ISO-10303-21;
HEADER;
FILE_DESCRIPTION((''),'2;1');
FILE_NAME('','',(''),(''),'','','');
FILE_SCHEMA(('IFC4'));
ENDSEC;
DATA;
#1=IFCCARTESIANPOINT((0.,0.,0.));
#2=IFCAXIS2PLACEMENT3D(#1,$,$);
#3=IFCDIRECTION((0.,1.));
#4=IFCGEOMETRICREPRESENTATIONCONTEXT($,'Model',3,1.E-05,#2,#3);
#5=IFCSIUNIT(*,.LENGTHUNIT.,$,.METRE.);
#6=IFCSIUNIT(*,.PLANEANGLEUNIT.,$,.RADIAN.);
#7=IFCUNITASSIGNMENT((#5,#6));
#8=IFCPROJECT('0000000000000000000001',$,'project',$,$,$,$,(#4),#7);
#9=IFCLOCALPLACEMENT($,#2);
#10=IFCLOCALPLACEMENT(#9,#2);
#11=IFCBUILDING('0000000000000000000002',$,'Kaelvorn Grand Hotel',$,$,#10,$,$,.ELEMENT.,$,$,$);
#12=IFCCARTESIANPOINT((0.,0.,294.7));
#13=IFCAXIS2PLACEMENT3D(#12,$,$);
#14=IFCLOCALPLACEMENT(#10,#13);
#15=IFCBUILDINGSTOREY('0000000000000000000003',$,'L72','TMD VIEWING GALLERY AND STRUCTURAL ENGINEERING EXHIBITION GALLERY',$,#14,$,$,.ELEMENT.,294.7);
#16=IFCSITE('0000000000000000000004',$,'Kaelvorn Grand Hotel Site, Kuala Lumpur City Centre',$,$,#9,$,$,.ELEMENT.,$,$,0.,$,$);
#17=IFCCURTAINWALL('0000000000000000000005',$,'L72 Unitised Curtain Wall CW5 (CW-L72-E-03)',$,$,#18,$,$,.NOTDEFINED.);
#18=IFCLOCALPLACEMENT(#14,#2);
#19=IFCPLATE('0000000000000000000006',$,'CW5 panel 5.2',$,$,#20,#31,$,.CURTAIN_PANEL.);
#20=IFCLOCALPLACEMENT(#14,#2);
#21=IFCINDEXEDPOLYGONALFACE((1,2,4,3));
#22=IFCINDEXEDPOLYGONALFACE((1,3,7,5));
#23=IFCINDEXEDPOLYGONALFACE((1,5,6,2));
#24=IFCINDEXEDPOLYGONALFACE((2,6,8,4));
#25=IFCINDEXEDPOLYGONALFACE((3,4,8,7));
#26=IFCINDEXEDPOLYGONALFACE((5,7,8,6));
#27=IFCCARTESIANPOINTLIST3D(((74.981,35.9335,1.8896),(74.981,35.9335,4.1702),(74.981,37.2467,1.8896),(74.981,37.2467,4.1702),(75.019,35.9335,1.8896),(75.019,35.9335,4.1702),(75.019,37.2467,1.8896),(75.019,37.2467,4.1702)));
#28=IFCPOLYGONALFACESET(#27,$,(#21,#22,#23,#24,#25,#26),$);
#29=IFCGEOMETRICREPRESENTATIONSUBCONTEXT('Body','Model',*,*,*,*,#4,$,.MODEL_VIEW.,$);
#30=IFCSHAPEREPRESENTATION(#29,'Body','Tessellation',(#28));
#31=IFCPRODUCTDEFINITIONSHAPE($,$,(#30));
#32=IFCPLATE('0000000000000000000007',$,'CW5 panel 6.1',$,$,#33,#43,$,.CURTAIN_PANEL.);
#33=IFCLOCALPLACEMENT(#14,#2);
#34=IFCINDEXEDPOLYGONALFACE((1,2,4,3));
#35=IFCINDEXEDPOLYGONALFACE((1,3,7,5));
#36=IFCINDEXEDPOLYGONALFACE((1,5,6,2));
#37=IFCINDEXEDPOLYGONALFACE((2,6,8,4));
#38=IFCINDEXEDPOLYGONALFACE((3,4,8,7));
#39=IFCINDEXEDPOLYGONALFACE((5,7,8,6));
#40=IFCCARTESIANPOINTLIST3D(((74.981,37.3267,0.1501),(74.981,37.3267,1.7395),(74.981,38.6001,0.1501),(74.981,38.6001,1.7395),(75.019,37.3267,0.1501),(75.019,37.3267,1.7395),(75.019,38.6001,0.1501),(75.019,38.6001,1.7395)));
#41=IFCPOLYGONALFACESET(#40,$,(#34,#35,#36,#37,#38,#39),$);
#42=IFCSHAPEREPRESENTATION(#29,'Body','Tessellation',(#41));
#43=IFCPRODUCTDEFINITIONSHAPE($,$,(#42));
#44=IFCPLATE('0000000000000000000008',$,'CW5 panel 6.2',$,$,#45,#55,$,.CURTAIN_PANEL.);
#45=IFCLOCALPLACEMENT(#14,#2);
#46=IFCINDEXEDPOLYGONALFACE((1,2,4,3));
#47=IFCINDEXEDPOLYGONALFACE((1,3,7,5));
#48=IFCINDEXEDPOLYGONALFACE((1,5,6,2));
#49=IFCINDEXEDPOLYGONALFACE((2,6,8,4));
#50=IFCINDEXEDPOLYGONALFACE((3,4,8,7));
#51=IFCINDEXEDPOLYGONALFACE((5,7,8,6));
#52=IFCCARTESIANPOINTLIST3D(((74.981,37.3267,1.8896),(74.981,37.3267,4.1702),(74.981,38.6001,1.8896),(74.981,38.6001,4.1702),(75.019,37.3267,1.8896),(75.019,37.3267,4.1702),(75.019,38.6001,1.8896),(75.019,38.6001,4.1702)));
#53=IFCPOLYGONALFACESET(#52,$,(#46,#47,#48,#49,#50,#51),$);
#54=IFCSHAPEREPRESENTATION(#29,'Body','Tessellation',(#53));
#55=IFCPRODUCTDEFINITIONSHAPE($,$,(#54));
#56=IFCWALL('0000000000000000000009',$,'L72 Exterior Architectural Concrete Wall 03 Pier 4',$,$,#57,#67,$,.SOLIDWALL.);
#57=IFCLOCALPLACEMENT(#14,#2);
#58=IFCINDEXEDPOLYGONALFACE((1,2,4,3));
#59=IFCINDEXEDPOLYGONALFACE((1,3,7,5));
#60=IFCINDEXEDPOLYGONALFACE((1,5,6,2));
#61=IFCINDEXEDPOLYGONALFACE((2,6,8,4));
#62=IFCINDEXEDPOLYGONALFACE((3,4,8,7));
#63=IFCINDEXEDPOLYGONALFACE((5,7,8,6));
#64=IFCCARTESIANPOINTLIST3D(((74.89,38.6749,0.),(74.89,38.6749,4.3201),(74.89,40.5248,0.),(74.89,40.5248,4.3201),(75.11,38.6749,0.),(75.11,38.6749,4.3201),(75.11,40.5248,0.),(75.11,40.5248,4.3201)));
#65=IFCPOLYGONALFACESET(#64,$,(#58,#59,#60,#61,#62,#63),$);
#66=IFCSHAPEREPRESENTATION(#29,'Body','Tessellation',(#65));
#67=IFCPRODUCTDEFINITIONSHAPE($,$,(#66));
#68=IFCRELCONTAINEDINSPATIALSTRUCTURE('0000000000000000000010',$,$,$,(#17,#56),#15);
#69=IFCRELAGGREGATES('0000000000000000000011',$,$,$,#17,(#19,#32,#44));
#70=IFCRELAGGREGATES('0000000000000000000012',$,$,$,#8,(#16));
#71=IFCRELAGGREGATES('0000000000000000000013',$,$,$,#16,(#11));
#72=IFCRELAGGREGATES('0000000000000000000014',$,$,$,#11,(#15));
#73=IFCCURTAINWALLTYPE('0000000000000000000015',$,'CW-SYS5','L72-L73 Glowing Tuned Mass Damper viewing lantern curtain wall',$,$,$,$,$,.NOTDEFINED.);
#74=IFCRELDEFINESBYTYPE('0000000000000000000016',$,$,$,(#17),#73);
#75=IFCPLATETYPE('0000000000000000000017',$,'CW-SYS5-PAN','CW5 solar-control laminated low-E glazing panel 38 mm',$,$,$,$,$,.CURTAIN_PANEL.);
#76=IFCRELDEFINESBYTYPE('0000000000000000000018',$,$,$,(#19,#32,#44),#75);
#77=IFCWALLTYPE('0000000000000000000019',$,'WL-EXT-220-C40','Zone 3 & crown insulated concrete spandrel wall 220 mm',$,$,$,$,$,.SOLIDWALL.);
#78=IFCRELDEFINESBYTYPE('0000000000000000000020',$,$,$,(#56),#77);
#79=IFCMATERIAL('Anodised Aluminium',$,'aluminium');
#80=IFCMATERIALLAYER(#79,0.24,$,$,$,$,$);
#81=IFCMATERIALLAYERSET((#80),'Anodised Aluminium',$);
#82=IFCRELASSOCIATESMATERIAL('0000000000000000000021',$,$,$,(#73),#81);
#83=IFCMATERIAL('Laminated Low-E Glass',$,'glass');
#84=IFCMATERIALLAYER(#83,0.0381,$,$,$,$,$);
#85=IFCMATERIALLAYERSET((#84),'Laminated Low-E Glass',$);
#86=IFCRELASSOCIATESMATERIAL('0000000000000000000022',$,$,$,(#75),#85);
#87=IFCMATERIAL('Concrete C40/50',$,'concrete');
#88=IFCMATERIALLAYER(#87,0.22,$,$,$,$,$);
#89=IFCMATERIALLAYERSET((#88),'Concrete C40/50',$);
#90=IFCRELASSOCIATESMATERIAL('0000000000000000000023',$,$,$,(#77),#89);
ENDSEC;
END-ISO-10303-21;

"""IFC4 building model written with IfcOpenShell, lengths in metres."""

from ifc_helpers import new_model, si_unit, direction, frame, frame_2d, origin, origin_2d, place, context, subcontext, project, spatial, rectangle, extrude, material, layer, layer_set, type_object, element, aggregate, save


model = new_model("IFC4")

# Units and contexts
model_context = context("Model", 3, precision=1e-05, world=origin(), true_north=direction((0.0, 1.0)))
body_context = subcontext(model_context, "Body", "Model", "MODEL_VIEW")
ifc_project = project(units=[si_unit("LENGTHUNIT", "METRE"), si_unit("PLANEANGLEUNIT", "RADIAN")], contexts=[model_context])

# Site, building, storey
site_placement = place(None, origin())
site = spatial("IfcSite", under=ifc_project, at=site_placement, Name="Kaelvorn Grand Hotel Site, Kuala Lumpur City Centre", CompositionType="ELEMENT", RefElevation=0.0)
building_placement = place(site_placement, origin())
building = spatial("IfcBuilding", under=site, at=building_placement, Name="Kaelvorn Grand Hotel", CompositionType="ELEMENT")
storey_placement = place(building_placement, frame((0.0, 0.0, 294.7)))
storey = spatial("IfcBuildingStorey", under=building, at=storey_placement, Name="L72", Description="TMD VIEWING GALLERY AND STRUCTURAL ENGINEERING EXHIBITION GALLERY", CompositionType="ELEMENT", Elevation=294.7)

# Curtain wall, plates
ifc_material_1 = material(Name="Anodised Aluminium", Category="aluminium")
ifc_layer_1 = layer(ifc_material_1, 0.24)
ifc_layer_set_1 = layer_set([ifc_layer_1], Name="Anodised Aluminium")
curtain_wall_type = type_object("IfcCurtainWallType", Name="CW-SYS5", Description="L72-L73 Glowing Tuned Mass Damper viewing lantern curtain wall", PredefinedType="NOTDEFINED", material=ifc_layer_set_1)
curtain_wall_placement = place(storey_placement, origin())
curtain_wall = element("IfcCurtainWall", 1, at=curtain_wall_placement, inside=storey, type_object=curtain_wall_type, Name="L72 Unitised Curtain Wall CW5 (CW-L72-E-03)", PredefinedType="NOTDEFINED")
ifc_material_2 = material(Name="Laminated Low-E Glass", Category="glass")
ifc_layer_2 = layer(ifc_material_2, 0.0381)
ifc_layer_set_2 = layer_set([ifc_layer_2], Name="Laminated Low-E Glass")
plate_type = type_object("IfcPlateType", Name="CW-SYS5-PAN", Description="CW5 solar-control laminated low-E glazing panel 38 mm", PredefinedType="CURTAIN_PANEL", material=ifc_layer_set_2)
plate_1_placement = place(storey_placement, frame((75.0, 36.5901, 1.8896), z_axis=(0.0, 0.0, 1.0), x_axis=(0.0, 1.0, 0.0)))
plate_1 = element("IfcPlate", 2, at=plate_1_placement, type_object=plate_type, Name="CW5 panel 5.2", PredefinedType="CURTAIN_PANEL", context=body_context, shape_type="SweptSolid", body=[
    extrude(rectangle(XDim=1.3132, YDim=0.0381, at=origin_2d()), origin(), (0.0, 0.0, 1.0), 2.2805),
])
plate_2_placement = place(storey_placement, frame((75.0, 37.9634, 0.1501), z_axis=(0.0, 0.0, 1.0), x_axis=(0.0, 1.0, 0.0)))
plate_2 = element("IfcPlate", 3, at=plate_2_placement, type_object=plate_type, Name="CW5 panel 6.1", PredefinedType="CURTAIN_PANEL", context=body_context, shape_type="SweptSolid", body=[
    extrude(rectangle(XDim=1.2734, YDim=0.0381, at=origin_2d()), origin(), (0.0, 0.0, 1.0), 1.5894),
])
plate_3_placement = place(storey_placement, frame((75.0, 37.9634, 1.8896), z_axis=(0.0, 0.0, 1.0), x_axis=(0.0, 1.0, 0.0)))
plate_3 = element("IfcPlate", 4, at=plate_3_placement, type_object=plate_type, Name="CW5 panel 6.2", PredefinedType="CURTAIN_PANEL", context=body_context, shape_type="SweptSolid", body=[
    extrude(rectangle(XDim=1.2734, YDim=0.0381, at=origin_2d()), origin(), (0.0, 0.0, 1.0), 2.2805),
])
aggregate(curtain_wall, [plate_1, plate_2, plate_3])

# Wall
ifc_material_3 = material(Name="Concrete C40/50", Category="concrete")
ifc_layer_3 = layer(ifc_material_3, 0.22)
ifc_layer_set_3 = layer_set([ifc_layer_3], Name="Concrete C40/50")
wall_type = type_object("IfcWallType", Name="WL-EXT-220-C40", Description="Zone 3 & crown insulated concrete spandrel wall 220 mm", PredefinedType="SOLIDWALL", material=ifc_layer_set_3)
wall_placement = place(storey_placement, frame((75.0, 38.675, 0.0), z_axis=(0.0, 0.0, 1.0), x_axis=(0.0, 1.0, 0.0)))
element("IfcWall", 5, at=wall_placement, inside=storey, type_object=wall_type, Name="L72 Exterior Architectural Concrete Wall 03 Pier 4", PredefinedType="SOLIDWALL", context=body_context, shape_type="SweptSolid", body=[
    extrude(rectangle(XDim=1.8499, YDim=0.22, at=frame_2d((0.9248, 0.0))), origin(), (0.0, 0.0, 1.0), 4.3201),
])

save(model, "model.ifc")
